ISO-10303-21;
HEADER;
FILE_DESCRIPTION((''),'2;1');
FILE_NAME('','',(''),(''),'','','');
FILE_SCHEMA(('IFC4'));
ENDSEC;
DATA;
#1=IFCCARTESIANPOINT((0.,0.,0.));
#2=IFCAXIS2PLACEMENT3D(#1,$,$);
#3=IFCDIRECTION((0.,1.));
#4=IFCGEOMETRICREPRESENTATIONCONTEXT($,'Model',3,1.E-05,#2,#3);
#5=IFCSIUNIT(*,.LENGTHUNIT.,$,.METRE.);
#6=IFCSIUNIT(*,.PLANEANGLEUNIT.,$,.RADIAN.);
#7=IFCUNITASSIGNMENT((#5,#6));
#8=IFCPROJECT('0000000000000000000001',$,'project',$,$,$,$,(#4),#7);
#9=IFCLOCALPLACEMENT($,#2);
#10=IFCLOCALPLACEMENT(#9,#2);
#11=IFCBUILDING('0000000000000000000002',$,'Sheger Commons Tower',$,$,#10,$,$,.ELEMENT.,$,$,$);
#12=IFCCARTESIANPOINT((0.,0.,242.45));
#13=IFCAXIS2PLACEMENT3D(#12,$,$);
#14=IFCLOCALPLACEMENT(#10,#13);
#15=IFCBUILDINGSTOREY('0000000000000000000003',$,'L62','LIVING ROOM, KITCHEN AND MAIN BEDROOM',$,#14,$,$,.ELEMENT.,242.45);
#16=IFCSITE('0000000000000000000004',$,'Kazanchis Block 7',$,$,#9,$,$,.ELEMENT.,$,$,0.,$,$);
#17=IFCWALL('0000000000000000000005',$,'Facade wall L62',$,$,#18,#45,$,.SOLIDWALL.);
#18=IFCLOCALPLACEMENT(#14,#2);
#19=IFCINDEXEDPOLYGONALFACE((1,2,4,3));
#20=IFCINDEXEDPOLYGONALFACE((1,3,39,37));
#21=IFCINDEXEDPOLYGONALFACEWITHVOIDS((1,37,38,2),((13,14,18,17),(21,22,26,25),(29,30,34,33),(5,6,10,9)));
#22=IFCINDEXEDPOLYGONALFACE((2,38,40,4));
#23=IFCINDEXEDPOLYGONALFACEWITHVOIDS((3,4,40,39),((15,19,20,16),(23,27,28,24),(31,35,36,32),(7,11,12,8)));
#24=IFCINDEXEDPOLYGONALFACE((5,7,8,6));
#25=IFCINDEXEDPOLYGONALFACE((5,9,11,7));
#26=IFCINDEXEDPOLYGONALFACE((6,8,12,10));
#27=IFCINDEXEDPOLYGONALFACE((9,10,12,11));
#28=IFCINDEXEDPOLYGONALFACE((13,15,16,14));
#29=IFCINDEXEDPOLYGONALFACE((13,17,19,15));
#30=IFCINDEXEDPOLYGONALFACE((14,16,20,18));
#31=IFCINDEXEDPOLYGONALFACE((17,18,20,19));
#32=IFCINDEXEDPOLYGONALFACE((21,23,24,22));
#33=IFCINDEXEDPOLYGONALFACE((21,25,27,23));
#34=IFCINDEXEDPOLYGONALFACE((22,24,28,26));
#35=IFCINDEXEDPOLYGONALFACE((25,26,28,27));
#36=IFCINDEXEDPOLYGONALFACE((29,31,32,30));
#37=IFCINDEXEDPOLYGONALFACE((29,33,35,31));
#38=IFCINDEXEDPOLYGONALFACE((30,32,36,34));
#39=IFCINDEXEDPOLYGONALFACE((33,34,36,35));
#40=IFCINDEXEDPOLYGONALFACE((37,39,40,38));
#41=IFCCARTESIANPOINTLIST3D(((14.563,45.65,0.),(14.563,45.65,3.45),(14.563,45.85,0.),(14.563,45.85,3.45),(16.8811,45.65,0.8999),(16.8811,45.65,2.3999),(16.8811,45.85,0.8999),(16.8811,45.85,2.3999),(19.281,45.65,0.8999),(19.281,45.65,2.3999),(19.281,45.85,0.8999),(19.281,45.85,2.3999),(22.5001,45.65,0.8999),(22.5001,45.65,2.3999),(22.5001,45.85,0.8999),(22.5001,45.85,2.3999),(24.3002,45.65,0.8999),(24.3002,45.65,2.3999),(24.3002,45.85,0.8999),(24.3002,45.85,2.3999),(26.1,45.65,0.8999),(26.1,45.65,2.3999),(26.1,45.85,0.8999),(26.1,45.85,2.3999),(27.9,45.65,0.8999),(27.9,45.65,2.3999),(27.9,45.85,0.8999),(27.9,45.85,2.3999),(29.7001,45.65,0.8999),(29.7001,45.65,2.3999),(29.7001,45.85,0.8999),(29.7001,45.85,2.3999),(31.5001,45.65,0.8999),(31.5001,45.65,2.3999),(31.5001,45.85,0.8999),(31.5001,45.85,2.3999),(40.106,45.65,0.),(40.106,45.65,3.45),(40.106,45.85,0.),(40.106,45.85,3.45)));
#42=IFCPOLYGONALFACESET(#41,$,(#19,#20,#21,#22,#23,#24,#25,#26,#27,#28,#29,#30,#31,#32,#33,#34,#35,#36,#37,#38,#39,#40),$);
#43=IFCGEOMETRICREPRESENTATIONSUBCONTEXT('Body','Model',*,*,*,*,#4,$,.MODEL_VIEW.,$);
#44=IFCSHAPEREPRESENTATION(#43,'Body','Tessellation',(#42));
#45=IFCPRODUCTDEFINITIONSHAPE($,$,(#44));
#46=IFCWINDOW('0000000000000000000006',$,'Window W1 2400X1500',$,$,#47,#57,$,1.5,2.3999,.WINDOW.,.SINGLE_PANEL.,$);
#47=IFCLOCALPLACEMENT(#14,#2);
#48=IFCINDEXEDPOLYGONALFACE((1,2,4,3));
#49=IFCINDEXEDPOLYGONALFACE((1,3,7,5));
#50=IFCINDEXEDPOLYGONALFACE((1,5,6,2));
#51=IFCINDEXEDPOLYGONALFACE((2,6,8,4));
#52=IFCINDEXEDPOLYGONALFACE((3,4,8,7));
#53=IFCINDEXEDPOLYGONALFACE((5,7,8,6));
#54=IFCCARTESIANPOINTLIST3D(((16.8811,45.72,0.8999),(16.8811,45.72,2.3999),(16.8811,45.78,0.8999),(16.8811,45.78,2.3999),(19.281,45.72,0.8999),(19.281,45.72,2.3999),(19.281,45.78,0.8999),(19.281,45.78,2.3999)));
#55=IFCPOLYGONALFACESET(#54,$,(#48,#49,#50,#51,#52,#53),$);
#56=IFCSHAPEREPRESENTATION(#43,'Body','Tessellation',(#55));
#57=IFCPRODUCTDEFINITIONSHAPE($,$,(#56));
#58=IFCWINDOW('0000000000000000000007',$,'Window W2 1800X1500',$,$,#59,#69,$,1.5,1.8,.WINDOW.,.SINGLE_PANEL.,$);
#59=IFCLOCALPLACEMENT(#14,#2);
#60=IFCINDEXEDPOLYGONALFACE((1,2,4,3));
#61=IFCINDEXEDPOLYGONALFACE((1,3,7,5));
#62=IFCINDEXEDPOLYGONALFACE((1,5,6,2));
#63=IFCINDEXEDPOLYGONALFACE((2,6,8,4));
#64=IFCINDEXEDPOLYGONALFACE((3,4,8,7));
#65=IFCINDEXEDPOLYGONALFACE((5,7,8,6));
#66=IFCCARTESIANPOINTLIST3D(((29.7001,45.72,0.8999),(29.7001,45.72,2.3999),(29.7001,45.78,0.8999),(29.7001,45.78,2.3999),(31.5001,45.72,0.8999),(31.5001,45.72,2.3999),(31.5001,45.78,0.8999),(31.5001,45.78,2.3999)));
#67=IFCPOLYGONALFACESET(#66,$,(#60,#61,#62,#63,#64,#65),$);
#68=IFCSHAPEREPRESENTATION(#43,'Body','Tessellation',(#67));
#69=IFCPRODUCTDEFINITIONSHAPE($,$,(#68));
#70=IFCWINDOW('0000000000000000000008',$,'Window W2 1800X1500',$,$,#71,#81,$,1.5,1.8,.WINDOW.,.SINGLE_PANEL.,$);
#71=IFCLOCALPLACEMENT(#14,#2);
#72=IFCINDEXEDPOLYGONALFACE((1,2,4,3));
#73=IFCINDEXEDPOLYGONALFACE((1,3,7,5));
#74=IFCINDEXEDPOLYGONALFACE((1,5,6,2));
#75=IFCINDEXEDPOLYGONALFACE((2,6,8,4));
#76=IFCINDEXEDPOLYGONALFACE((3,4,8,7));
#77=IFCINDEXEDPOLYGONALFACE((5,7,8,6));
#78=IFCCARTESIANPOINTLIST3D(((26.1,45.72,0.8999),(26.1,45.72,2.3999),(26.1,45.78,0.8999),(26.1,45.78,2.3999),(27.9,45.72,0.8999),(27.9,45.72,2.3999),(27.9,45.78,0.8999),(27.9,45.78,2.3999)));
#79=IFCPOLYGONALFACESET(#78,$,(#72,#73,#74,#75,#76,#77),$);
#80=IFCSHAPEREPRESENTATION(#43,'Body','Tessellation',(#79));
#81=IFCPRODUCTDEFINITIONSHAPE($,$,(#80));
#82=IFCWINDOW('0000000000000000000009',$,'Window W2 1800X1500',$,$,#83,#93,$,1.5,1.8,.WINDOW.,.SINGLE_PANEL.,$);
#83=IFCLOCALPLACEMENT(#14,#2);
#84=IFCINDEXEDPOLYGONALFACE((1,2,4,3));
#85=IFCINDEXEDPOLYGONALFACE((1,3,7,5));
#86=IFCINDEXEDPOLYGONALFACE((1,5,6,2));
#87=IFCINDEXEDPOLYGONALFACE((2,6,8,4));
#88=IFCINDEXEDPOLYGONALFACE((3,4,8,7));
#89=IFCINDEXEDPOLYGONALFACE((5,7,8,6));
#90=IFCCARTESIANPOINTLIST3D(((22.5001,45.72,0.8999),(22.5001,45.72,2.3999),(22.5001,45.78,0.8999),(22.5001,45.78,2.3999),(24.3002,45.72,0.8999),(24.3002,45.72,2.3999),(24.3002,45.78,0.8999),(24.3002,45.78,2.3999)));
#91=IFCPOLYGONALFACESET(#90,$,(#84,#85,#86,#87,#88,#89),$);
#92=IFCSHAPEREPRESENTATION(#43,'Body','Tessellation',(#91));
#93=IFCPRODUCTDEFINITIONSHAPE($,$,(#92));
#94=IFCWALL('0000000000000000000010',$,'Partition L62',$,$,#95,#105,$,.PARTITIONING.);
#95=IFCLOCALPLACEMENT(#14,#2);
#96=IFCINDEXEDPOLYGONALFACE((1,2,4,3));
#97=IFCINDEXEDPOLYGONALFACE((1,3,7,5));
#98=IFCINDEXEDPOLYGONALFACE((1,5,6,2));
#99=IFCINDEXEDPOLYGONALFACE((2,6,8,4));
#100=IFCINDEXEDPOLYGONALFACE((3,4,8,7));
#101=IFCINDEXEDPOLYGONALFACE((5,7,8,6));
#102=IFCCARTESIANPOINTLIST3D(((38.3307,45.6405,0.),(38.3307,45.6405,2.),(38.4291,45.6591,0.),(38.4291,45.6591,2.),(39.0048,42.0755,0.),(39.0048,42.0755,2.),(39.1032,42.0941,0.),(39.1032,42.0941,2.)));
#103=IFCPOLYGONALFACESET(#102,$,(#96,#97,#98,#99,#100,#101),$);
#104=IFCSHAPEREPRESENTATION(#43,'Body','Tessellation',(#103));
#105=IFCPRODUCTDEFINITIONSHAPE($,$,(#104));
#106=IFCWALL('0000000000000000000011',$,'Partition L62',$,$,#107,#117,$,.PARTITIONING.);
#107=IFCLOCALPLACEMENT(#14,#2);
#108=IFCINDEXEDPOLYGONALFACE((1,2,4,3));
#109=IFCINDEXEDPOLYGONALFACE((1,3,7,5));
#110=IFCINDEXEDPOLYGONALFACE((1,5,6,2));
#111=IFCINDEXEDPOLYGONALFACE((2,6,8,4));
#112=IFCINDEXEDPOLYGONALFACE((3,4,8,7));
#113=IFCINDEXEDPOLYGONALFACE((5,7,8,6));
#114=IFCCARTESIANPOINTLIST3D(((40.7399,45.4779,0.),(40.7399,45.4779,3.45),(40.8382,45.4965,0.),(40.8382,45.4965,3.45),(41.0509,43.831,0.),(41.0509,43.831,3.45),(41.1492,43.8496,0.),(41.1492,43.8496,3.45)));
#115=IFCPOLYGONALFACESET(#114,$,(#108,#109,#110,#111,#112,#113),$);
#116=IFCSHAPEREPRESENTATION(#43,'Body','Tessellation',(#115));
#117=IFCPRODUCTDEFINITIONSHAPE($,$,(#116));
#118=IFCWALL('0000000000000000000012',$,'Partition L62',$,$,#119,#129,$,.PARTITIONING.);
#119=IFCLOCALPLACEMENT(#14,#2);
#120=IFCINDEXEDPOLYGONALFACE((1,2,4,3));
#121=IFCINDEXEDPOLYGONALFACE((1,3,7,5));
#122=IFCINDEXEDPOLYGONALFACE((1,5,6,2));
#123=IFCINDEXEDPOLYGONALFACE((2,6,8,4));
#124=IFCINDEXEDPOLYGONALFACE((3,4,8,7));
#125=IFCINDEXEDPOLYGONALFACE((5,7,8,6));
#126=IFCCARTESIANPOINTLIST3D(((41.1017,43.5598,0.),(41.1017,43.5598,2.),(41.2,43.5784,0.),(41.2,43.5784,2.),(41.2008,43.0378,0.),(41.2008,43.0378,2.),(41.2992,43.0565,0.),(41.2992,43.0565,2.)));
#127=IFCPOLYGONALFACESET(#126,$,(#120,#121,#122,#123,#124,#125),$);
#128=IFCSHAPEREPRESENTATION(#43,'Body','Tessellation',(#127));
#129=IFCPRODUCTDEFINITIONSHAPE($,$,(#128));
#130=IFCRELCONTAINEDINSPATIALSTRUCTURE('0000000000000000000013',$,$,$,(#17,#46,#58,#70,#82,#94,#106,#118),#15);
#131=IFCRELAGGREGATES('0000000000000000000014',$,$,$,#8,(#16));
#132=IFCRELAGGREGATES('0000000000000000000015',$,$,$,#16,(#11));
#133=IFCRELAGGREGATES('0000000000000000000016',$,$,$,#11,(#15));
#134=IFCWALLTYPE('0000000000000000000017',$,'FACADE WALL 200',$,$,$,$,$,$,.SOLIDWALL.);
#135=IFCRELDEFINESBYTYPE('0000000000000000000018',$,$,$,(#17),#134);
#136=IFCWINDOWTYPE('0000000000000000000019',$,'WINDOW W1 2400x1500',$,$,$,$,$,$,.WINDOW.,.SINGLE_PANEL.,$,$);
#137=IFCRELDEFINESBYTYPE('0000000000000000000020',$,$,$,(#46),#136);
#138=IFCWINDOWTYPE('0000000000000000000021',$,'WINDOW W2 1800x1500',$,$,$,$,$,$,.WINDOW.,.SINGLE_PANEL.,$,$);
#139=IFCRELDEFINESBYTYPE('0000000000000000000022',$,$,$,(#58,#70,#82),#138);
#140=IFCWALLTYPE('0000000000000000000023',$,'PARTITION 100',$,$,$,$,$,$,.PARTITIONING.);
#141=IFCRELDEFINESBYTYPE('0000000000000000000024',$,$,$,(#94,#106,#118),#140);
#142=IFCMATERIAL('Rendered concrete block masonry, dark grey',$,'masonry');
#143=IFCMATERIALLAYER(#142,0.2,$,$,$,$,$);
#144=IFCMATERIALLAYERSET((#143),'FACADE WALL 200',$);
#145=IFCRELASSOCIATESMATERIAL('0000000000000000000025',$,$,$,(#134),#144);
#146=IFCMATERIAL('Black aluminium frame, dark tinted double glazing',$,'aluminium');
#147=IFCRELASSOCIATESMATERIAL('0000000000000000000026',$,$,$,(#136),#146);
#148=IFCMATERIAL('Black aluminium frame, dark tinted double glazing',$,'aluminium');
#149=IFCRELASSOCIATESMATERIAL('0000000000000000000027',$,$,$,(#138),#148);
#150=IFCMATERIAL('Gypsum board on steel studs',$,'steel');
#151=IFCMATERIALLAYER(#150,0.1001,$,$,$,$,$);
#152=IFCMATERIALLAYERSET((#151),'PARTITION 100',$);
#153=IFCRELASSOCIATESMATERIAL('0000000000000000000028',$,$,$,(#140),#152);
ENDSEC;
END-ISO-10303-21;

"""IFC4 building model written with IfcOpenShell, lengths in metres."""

from ifc_helpers import new_model, si_unit, direction, frame, frame_2d, origin, place, context, subcontext, project, spatial, rectangle, extrude, material, layer, layer_set, type_object, element, fill, save


model = new_model("IFC4")

# Units and contexts
model_context = context("Model", 3, precision=1e-05, world=origin(), true_north=direction((0.0, 1.0)))
body_context = subcontext(model_context, "Body", "Model", "MODEL_VIEW")
ifc_project = project(units=[si_unit("LENGTHUNIT", "METRE"), si_unit("PLANEANGLEUNIT", "RADIAN")], contexts=[model_context])

# Site, building, storey
site_placement = place(None, origin())
site = spatial("IfcSite", under=ifc_project, at=site_placement, Name="Kazanchis Block 7", CompositionType="ELEMENT", RefElevation=0.0)
building_placement = place(site_placement, origin())
building = spatial("IfcBuilding", under=site, at=building_placement, Name="Sheger Commons Tower", CompositionType="ELEMENT")
storey_placement = place(building_placement, frame((0.0, 0.0, 242.45)))
storey = spatial("IfcBuildingStorey", under=building, at=storey_placement, Name="L62", Description="LIVING ROOM, KITCHEN AND MAIN BEDROOM", CompositionType="ELEMENT", Elevation=242.45)

# Shared definitions
ifc_material_1 = material(Name="Rendered concrete block masonry, dark grey", Category="masonry")
ifc_layer_1 = layer(ifc_material_1, 0.2)
ifc_layer_set_1 = layer_set([ifc_layer_1], Name="FACADE WALL 200")
wall_type_1 = type_object("IfcWallType", Name="FACADE WALL 200", PredefinedType="SOLIDWALL", material=ifc_layer_set_1)

# Wall, openings, windows
wall_1_placement = place(storey_placement, frame((40.106, 45.75, 0.0), z_axis=(0.0, 0.0, 1.0), x_axis=(-1.0, 0.0, 0.0)))
wall_1 = element("IfcWall", 1, at=wall_1_placement, inside=storey, type_object=wall_type_1, Name="Facade wall L62", PredefinedType="SOLIDWALL", context=body_context, shape_type="SweptSolid", body=[
    extrude(rectangle(XDim=25.543, YDim=0.2, at=frame_2d((12.7715, 0.0))), origin(), (0.0, 0.0, 1.0), 3.45),
])
opening_1_placement = place(wall_1_placement, frame((8.606, 0.0, 0.8999)))
opening_1 = element("IfcOpeningElement", 2, at=opening_1_placement, cuts=wall_1, PredefinedType="OPENING", context=body_context, shape_type="SweptSolid", body=[
    extrude(rectangle(XDim=1.8, YDim=1.5, at=frame_2d((0.8999, 0.75))), frame((0.0, 0.1099, 0.0), z_axis=(0.0, -1.0, 0.0), x_axis=(1.0, 0.0, 0.0)), (0.0, 0.0, 1.0), 0.22),
])
opening_2_placement = place(wall_1_placement, frame((12.2061, 0.0, 0.8999)))
opening_2 = element("IfcOpeningElement", 3, at=opening_2_placement, cuts=wall_1, PredefinedType="OPENING", context=body_context, shape_type="SweptSolid", body=[
    extrude(rectangle(XDim=1.8, YDim=1.5, at=frame_2d((0.8999, 0.75))), frame((0.0, 0.1099, 0.0), z_axis=(0.0, -1.0, 0.0), x_axis=(1.0, 0.0, 0.0)), (0.0, 0.0, 1.0), 0.22),
])
opening_3_placement = place(wall_1_placement, frame((15.8059, 0.0, 0.8999)))
opening_3 = element("IfcOpeningElement", 4, at=opening_3_placement, cuts=wall_1, PredefinedType="OPENING", context=body_context, shape_type="SweptSolid", body=[
    extrude(rectangle(XDim=1.8, YDim=1.5, at=frame_2d((0.8999, 0.75))), frame((0.0, 0.1099, 0.0), z_axis=(0.0, -1.0, 0.0), x_axis=(1.0, 0.0, 0.0)), (0.0, 0.0, 1.0), 0.22),
])
opening_4_placement = place(wall_1_placement, frame((20.825, 0.0, 0.8999)))
opening_4 = element("IfcOpeningElement", 5, at=opening_4_placement, cuts=wall_1, PredefinedType="OPENING", context=body_context, shape_type="SweptSolid", body=[
    extrude(rectangle(XDim=2.3999, YDim=1.5, at=frame_2d((1.2, 0.75))), frame((0.0, 0.1099, 0.0), z_axis=(0.0, -1.0, 0.0), x_axis=(1.0, 0.0, 0.0)), (0.0, 0.0, 1.0), 0.22),
])
ifc_material_2 = material(Name="Black aluminium frame, dark tinted double glazing", Category="aluminium")
window_type_1 = type_object("IfcWindowType", Name="WINDOW W1 2400x1500", PartitioningType="SINGLE_PANEL", PredefinedType="WINDOW", material=ifc_material_2)
window_1_placement = place(opening_4_placement, origin())
window_1 = element("IfcWindow", 6, at=window_1_placement, inside=storey, type_object=window_type_1, Name="Window W1 2400X1500", OverallHeight=1.5, OverallWidth=2.3999, PartitioningType="SINGLE_PANEL", PredefinedType="WINDOW", context=body_context, shape_type="SweptSolid", body=[
    extrude(rectangle(XDim=2.3999, YDim=1.5, at=frame_2d((1.2, 0.75))), frame((0.0, 0.03, 0.0), z_axis=(0.0, -1.0, 0.0), x_axis=(1.0, 0.0, 0.0)), (0.0, 0.0, 1.0), 0.0601),
])
fill(opening_4, window_1)
ifc_material_3 = material(Name="Black aluminium frame, dark tinted double glazing", Category="aluminium")
window_type_2 = type_object("IfcWindowType", Name="WINDOW W2 1800x1500", PartitioningType="SINGLE_PANEL", PredefinedType="WINDOW", material=ifc_material_3)
window_2_placement = place(opening_1_placement, origin())
window_2 = element("IfcWindow", 7, at=window_2_placement, inside=storey, type_object=window_type_2, Name="Window W2 1800X1500", OverallHeight=1.5, OverallWidth=1.8, PartitioningType="SINGLE_PANEL", PredefinedType="WINDOW", context=body_context, shape_type="SweptSolid", body=[
    extrude(rectangle(XDim=1.8, YDim=1.5, at=frame_2d((0.8999, 0.75))), frame((0.0, 0.03, 0.0), z_axis=(0.0, -1.0, 0.0), x_axis=(1.0, 0.0, 0.0)), (0.0, 0.0, 1.0), 0.0601),
])
fill(opening_1, window_2)
window_3_placement = place(opening_2_placement, origin())
window_3 = element("IfcWindow", 8, at=window_3_placement, inside=storey, type_object=window_type_2, Name="Window W2 1800X1500", OverallHeight=1.5, OverallWidth=1.8, PartitioningType="SINGLE_PANEL", PredefinedType="WINDOW", context=body_context, shape_type="SweptSolid", body=[
    extrude(rectangle(XDim=1.8, YDim=1.5, at=frame_2d((0.8999, 0.75))), frame((0.0, 0.03, 0.0), z_axis=(0.0, -1.0, 0.0), x_axis=(1.0, 0.0, 0.0)), (0.0, 0.0, 1.0), 0.0601),
])
fill(opening_2, window_3)
window_4_placement = place(opening_3_placement, origin())
window_4 = element("IfcWindow", 9, at=window_4_placement, inside=storey, type_object=window_type_2, Name="Window W2 1800X1500", OverallHeight=1.5, OverallWidth=1.8, PartitioningType="SINGLE_PANEL", PredefinedType="WINDOW", context=body_context, shape_type="SweptSolid", body=[
    extrude(rectangle(XDim=1.8, YDim=1.5, at=frame_2d((0.8999, 0.75))), frame((0.0, 0.03, 0.0), z_axis=(0.0, -1.0, 0.0), x_axis=(1.0, 0.0, 0.0)), (0.0, 0.0, 1.0), 0.0601),
])
fill(opening_3, window_4)

# Walls
ifc_material_4 = material(Name="Gypsum board on steel studs", Category="steel")
ifc_layer_2 = layer(ifc_material_4, 0.1001)
ifc_layer_set_2 = layer_set([ifc_layer_2], Name="PARTITION 100")
wall_type_2 = type_object("IfcWallType", Name="PARTITION 100", PredefinedType="PARTITIONING", material=ifc_layer_set_2)
wall_2_placement = place(storey_placement, frame((39.054, 42.085, 0.0), z_axis=(0.0, 0.0, 1.0), x_axis=(-0.185792, 0.982589, 0.0)))
element("IfcWall", 10, at=wall_2_placement, inside=storey, type_object=wall_type_2, Name="Partition L62", PredefinedType="PARTITIONING", context=body_context, shape_type="SweptSolid", body=[
    extrude(rectangle(XDim=3.6282, YDim=0.1001, at=frame_2d((1.814, 0.0))), origin(), (0.0, 0.0, 1.0), 2.0),
])
wall_3_placement = place(storey_placement, frame((40.7891, 45.4871, 0.0), z_axis=(0.0, 0.0, 1.0), x_axis=(0.185572, -0.982631, 0.0)))
element("IfcWall", 11, at=wall_3_placement, inside=storey, type_object=wall_type_2, Name="Partition L62", PredefinedType="PARTITIONING", context=body_context, shape_type="SweptSolid", body=[
    extrude(rectangle(XDim=1.676, YDim=0.1001, at=frame_2d((0.8379, 0.0))), origin(), (0.0, 0.0, 1.0), 3.45),
])
wall_4_placement = place(storey_placement, frame((41.1509, 43.5691, 0.0), z_axis=(0.0, 0.0, 1.0), x_axis=(0.186563, -0.982443, 0.0)))
element("IfcWall", 12, at=wall_4_placement, inside=storey, type_object=wall_type_2, Name="Partition L62", PredefinedType="PARTITIONING", context=body_context, shape_type="SweptSolid", body=[
    extrude(rectangle(XDim=0.5312, YDim=0.1001, at=frame_2d((0.2656, 0.0))), origin(), (0.0, 0.0, 1.0), 2.0),
])

save(model, "model.ifc")
